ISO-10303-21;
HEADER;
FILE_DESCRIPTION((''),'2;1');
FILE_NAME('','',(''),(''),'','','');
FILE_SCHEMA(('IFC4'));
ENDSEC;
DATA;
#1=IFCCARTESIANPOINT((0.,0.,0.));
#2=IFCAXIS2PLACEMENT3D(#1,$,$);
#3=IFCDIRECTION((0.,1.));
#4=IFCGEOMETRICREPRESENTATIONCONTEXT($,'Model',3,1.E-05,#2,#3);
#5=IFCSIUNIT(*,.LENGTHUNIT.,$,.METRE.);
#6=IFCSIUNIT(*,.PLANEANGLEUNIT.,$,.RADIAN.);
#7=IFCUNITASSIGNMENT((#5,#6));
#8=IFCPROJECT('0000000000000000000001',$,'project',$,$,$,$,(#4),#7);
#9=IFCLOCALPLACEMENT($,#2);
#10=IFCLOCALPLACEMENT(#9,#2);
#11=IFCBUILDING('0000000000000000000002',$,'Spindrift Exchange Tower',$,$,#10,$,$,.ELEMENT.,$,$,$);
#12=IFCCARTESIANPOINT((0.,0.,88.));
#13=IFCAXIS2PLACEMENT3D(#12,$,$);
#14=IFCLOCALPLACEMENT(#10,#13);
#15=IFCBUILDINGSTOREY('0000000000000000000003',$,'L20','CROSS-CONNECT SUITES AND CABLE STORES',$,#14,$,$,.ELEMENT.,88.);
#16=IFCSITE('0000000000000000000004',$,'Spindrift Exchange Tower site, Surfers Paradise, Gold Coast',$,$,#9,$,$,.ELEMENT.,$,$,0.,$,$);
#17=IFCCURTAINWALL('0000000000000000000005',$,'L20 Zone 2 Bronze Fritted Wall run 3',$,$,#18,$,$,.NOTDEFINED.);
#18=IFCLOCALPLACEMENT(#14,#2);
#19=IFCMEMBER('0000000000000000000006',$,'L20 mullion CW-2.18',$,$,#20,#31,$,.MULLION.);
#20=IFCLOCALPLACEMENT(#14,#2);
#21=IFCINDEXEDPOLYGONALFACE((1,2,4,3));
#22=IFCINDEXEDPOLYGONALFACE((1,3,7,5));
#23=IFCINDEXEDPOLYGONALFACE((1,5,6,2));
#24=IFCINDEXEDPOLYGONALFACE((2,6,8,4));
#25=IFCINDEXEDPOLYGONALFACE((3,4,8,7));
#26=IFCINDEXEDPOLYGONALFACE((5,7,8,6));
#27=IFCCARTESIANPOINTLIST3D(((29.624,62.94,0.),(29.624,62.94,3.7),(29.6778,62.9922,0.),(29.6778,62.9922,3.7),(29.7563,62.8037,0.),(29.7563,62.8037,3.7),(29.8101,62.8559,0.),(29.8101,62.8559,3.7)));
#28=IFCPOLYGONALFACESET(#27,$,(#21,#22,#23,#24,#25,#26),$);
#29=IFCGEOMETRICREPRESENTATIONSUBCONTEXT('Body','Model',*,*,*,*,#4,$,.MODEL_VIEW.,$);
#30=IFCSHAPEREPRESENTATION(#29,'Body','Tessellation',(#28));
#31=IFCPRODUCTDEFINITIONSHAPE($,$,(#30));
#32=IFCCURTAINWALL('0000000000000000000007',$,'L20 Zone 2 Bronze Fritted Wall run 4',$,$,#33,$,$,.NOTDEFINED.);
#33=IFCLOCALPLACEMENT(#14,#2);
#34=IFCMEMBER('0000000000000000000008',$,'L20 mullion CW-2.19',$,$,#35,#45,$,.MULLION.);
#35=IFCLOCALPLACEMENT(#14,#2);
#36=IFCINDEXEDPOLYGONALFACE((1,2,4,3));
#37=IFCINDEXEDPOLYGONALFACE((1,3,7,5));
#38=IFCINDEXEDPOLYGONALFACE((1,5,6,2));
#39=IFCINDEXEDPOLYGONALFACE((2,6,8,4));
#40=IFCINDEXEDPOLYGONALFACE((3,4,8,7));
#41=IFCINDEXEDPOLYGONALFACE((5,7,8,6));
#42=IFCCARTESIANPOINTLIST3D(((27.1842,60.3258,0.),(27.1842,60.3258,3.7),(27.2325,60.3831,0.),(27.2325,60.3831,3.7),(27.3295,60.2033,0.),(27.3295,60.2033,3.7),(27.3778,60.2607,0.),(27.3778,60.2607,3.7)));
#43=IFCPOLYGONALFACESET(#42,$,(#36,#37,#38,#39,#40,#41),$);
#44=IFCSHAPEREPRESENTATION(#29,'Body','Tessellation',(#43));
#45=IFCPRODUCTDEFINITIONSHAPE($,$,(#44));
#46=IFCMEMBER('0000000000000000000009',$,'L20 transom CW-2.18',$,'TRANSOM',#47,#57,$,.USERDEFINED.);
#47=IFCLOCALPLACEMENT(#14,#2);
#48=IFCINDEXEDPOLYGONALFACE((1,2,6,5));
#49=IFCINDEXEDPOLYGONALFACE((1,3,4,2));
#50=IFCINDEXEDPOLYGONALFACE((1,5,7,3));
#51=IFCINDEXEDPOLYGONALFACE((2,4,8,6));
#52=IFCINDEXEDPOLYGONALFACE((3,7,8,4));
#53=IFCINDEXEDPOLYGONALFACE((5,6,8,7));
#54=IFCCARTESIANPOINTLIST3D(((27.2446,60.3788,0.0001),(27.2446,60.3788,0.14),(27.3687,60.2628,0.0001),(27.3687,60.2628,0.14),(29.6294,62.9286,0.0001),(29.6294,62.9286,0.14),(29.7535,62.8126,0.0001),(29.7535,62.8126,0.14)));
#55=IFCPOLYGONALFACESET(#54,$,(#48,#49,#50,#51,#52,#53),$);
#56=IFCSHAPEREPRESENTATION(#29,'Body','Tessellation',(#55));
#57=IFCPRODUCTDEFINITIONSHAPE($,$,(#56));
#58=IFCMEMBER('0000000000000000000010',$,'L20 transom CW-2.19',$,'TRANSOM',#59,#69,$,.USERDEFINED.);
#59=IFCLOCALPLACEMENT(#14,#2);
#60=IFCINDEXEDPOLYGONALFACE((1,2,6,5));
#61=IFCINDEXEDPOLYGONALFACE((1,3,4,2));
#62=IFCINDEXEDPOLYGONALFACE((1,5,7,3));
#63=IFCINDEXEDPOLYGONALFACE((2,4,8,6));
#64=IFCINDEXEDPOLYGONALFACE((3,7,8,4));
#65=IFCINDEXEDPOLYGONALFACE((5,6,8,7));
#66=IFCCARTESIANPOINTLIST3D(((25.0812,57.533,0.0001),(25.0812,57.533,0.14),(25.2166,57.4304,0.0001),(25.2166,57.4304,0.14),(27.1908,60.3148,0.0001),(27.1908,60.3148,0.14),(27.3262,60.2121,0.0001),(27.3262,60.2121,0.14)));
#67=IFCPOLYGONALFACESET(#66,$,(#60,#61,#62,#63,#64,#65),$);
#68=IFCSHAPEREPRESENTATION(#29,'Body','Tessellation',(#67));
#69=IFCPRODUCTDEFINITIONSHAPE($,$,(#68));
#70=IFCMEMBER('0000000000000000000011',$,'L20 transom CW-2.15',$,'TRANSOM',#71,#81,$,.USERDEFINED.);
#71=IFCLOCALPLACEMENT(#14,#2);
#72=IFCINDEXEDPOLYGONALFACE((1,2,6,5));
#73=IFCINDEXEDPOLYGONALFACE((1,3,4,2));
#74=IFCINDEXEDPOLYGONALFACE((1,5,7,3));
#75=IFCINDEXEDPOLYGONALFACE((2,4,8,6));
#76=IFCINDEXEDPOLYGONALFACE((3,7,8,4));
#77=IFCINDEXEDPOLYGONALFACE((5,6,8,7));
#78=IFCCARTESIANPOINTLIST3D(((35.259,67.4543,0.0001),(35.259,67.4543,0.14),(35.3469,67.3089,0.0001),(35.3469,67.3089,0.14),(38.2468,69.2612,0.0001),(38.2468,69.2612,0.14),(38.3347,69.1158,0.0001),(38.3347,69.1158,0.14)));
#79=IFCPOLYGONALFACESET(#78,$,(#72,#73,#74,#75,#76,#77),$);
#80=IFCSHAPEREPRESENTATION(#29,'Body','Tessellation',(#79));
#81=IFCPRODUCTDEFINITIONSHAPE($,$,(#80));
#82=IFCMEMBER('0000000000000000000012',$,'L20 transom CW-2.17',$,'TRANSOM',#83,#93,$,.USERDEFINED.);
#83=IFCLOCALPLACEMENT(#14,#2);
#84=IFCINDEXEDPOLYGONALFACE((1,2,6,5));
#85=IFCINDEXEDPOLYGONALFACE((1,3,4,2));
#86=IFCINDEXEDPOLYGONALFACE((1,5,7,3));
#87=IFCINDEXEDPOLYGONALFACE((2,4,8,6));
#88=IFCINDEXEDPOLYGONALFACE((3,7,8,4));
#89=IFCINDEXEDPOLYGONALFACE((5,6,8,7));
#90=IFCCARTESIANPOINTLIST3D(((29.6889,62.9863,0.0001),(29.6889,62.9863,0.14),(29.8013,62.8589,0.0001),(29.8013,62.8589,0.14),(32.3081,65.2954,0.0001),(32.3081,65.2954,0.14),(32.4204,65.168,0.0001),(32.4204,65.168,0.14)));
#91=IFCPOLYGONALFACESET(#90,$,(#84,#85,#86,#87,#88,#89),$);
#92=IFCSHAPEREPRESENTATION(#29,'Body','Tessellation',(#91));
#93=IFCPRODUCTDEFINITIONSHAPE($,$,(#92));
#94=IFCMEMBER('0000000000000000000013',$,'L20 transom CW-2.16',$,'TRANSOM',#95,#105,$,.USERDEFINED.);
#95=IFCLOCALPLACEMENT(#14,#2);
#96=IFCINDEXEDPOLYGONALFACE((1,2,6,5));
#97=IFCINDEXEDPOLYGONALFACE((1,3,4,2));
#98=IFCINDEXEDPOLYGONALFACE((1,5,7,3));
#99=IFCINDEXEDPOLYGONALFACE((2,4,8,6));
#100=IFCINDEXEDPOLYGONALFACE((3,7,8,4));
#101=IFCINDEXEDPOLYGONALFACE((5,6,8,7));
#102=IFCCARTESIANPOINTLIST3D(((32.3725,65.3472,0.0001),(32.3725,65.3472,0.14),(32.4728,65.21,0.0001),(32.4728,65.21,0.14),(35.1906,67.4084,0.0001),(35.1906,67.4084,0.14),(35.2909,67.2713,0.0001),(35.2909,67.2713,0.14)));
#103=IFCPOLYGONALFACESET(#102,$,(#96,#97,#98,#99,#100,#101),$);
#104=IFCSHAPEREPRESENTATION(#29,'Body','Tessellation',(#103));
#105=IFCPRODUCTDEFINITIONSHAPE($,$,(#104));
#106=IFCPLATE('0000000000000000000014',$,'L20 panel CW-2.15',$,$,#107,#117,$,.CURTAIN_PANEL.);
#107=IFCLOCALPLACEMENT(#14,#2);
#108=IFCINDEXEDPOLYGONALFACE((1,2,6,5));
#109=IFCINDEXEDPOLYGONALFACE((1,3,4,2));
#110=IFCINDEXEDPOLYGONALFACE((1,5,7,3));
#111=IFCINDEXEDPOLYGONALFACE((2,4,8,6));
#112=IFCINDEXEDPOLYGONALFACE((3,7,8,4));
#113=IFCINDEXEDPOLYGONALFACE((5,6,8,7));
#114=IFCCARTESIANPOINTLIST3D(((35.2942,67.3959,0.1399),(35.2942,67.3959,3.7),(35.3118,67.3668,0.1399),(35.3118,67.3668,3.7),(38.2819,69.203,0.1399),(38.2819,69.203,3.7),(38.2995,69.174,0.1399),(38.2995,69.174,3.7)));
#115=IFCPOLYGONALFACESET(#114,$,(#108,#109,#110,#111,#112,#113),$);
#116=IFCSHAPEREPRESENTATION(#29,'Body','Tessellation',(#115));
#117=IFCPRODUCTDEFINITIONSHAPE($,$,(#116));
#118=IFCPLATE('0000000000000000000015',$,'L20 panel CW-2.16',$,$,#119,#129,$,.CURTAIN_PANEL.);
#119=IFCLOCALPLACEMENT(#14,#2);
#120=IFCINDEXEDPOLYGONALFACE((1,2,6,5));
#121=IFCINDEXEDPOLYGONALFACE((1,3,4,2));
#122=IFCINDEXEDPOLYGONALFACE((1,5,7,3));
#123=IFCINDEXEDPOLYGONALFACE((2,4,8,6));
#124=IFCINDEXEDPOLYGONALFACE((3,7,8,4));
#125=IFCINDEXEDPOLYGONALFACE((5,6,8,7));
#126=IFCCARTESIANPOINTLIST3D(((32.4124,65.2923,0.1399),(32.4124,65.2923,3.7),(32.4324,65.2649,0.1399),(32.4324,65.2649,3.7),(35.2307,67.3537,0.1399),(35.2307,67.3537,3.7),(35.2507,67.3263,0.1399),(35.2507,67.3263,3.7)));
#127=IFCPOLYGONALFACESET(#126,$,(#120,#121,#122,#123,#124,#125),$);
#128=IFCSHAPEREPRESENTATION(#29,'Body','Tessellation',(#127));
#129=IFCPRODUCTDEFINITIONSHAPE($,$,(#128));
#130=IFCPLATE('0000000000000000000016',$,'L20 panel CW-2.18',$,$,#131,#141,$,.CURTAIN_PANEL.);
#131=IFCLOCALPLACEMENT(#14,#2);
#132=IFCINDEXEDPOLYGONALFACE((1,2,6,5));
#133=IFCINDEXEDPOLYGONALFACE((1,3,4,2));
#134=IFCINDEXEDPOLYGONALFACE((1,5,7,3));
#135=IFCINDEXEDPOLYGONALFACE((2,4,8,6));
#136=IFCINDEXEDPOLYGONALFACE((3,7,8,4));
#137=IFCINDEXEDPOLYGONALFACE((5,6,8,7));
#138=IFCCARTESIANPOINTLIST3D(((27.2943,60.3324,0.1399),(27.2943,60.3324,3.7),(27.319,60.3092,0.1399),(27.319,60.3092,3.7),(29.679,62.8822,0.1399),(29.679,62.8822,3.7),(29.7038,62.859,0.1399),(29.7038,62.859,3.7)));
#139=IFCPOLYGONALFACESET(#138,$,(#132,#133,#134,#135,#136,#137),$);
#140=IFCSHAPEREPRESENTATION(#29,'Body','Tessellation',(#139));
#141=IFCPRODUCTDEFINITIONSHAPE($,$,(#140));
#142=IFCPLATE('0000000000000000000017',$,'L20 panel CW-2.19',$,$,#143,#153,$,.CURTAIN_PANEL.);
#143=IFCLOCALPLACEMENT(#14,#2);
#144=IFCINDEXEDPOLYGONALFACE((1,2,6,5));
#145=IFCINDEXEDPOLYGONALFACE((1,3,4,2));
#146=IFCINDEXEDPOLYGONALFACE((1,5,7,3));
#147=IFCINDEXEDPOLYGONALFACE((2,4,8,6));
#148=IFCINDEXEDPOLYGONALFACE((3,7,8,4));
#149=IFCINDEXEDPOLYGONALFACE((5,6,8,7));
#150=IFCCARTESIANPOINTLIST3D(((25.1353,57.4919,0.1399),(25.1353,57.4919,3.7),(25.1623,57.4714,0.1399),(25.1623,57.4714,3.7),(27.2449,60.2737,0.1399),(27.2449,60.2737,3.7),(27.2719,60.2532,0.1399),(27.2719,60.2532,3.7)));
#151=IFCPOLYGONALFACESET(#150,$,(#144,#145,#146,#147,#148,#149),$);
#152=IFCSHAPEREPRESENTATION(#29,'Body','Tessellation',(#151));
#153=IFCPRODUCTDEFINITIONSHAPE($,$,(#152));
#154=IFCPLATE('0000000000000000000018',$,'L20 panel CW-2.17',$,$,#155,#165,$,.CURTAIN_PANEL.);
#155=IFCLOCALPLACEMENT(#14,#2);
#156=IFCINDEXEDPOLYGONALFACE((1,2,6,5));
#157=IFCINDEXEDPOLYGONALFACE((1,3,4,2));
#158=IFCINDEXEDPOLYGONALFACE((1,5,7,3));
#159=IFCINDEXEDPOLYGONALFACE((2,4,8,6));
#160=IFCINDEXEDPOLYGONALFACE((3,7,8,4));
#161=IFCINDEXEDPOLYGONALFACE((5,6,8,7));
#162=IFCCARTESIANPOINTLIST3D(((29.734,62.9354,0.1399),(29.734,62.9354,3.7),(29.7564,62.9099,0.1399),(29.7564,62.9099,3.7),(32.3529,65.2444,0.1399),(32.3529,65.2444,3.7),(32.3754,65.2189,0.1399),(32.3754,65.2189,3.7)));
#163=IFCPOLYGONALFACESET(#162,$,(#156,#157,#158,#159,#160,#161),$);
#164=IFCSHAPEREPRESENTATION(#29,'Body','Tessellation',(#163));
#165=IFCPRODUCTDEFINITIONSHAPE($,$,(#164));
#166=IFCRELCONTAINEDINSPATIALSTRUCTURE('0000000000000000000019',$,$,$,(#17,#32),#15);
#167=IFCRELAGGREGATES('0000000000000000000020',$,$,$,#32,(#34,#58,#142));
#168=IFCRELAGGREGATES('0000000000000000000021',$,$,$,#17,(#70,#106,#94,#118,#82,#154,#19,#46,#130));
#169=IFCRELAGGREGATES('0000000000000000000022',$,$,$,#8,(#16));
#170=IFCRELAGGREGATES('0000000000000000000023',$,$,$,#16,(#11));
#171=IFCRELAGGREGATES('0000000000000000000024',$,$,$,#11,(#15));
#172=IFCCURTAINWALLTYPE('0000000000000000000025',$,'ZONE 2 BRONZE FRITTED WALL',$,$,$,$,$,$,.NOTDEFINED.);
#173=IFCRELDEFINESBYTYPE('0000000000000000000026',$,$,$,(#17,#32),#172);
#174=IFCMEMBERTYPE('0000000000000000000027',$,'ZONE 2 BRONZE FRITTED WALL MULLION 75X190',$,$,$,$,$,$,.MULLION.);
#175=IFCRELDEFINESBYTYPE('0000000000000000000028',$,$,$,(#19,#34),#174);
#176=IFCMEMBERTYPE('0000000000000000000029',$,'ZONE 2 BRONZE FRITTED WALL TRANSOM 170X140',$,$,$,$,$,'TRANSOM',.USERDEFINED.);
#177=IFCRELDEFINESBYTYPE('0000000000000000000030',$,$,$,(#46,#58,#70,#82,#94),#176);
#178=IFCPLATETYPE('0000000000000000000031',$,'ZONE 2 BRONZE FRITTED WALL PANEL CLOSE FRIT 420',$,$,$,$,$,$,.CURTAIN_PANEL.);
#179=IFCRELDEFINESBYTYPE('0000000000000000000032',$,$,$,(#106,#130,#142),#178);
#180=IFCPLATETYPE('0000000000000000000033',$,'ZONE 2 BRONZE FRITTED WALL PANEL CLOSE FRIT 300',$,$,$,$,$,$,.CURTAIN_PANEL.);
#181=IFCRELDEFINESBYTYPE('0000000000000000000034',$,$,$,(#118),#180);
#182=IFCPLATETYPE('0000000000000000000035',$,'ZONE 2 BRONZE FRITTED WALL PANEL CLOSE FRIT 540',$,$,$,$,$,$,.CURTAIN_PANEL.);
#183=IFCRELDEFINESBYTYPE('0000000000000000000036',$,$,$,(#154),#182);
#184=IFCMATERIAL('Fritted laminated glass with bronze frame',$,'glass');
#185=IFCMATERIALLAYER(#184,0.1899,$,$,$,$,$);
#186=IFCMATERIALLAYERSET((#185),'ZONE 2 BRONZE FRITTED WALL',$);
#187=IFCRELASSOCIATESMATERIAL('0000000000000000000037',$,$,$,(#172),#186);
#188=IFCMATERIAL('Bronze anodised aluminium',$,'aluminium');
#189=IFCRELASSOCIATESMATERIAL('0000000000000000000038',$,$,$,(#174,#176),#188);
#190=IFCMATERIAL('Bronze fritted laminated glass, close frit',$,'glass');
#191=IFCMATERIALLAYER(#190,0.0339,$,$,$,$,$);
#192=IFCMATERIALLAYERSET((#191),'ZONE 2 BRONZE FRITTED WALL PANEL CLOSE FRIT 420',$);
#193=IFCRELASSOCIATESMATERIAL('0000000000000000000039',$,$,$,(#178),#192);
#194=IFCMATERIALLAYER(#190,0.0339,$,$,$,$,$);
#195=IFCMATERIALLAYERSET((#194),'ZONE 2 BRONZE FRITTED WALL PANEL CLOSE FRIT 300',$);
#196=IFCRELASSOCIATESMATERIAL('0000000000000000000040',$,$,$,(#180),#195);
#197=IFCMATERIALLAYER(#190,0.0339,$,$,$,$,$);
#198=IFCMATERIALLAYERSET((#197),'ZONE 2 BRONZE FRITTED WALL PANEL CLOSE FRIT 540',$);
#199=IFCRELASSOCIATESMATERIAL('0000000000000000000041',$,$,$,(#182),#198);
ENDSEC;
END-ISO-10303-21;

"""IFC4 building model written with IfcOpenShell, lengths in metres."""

from ifc_helpers import new_model, si_unit, direction, frame, origin, origin_2d, place, context, subcontext, project, spatial, rectangle, extrude, source, transform, mapped, material, layer, layer_set, material_profile, profile_set, type_object, element, aggregate, save


model = new_model("IFC4")

# Units and contexts
model_context = context("Model", 3, precision=1e-05, world=origin(), true_north=direction((0.0, 1.0)))
body_context = subcontext(model_context, "Body", "Model", "MODEL_VIEW")
ifc_project = project(units=[si_unit("LENGTHUNIT", "METRE"), si_unit("PLANEANGLEUNIT", "RADIAN")], contexts=[model_context])

# Site, building, storey
site_placement = place(None, origin())
site = spatial("IfcSite", under=ifc_project, at=site_placement, Name="Spindrift Exchange Tower site, Surfers Paradise, Gold Coast", CompositionType="ELEMENT", RefElevation=0.0)
building_placement = place(site_placement, origin())
building = spatial("IfcBuilding", under=site, at=building_placement, Name="Spindrift Exchange Tower", CompositionType="ELEMENT")
storey_placement = place(building_placement, frame((0.0, 0.0, 88.0)))
storey = spatial("IfcBuildingStorey", under=building, at=storey_placement, Name="L20", Description="CROSS-CONNECT SUITES AND CABLE STORES", CompositionType="ELEMENT", Elevation=88.0)

# Curtain wall, member
ifc_material_1 = material(Name="Fritted laminated glass with bronze frame", Category="glass")
ifc_layer_1 = layer(ifc_material_1, 0.1899)
ifc_layer_set_1 = layer_set([ifc_layer_1], Name="ZONE 2 BRONZE FRITTED WALL")
curtain_wall_type = type_object("IfcCurtainWallType", Name="ZONE 2 BRONZE FRITTED WALL", PredefinedType="NOTDEFINED", material=ifc_layer_set_1)
curtain_wall_1_placement = place(storey_placement, origin())
curtain_wall_1 = element("IfcCurtainWall", 1, at=curtain_wall_1_placement, inside=storey, type_object=curtain_wall_type, Name="L20 Zone 2 Bronze Fritted Wall run 3", PredefinedType="NOTDEFINED")
ifc_material_2 = material(Name="Bronze anodised aluminium", Category="aluminium")
ifc_material_profile_1 = material_profile(ifc_material_2, rectangle(XDim=0.075, YDim=0.1899, at=origin_2d()), Name="ZONE 2 BRONZE FRITTED WALL MULLION 75X190")
ifc_profile_set_1 = profile_set([ifc_material_profile_1], Name="Bronze anodised aluminium")
member_type_1 = type_object("IfcMemberType", Name="ZONE 2 BRONZE FRITTED WALL MULLION 75X190", PredefinedType="MULLION", material=ifc_profile_set_1)
shared_shape_1 = source(origin(), body_context, "Body", "SweptSolid", [
    extrude(rectangle(XDim=0.075, YDim=0.1899, at=origin_2d()), origin(), (0.0, 0.0, 1.0), 3.7),
])
member_1_placement = place(storey_placement, frame((29.717, 62.8979, 0.0), z_axis=(0.0, 0.0, 1.0), x_axis=(-0.717416, -0.696645, 0.0)))
member_1 = element("IfcMember", 2, at=member_1_placement, type_object=member_type_1, Name="L20 mullion CW-2.18", PredefinedType="MULLION", context=body_context, shape_type="MappedRepresentation", body=[
    mapped(shared_shape_1, transform((0.0, 0.0, 0.0), scale=1.0)),
])

# Curtain wall, member
curtain_wall_2_placement = place(storey_placement, origin())
curtain_wall_2 = element("IfcCurtainWall", 3, at=curtain_wall_2_placement, inside=storey, type_object=curtain_wall_type, Name="L20 Zone 2 Bronze Fritted Wall run 4", PredefinedType="NOTDEFINED")
member_2_placement = place(storey_placement, frame((27.281, 60.2932, 0.0), z_axis=(0.0, 0.0, 1.0), x_axis=(-0.64452, -0.764587, 0.0)))
member_2 = element("IfcMember", 4, at=member_2_placement, type_object=member_type_1, Name="L20 mullion CW-2.19", PredefinedType="MULLION", context=body_context, shape_type="MappedRepresentation", body=[
    mapped(shared_shape_1, transform((0.0, 0.0, 0.0), scale=1.0)),
])

# Members
ifc_material_profile_2 = material_profile(ifc_material_2, rectangle(XDim=0.1699, YDim=0.1399, at=origin_2d()), Name="ZONE 2 BRONZE FRITTED WALL TRANSOM 170X140")
ifc_profile_set_2 = profile_set([ifc_material_profile_2], Name="Bronze anodised aluminium")
member_type_2 = type_object("IfcMemberType", Name="ZONE 2 BRONZE FRITTED WALL TRANSOM 170X140", ElementType="TRANSOM", PredefinedType="USERDEFINED", material=ifc_profile_set_2)
shared_shape_2 = source(origin(), body_context, "Body", "SweptSolid", [
    extrude(rectangle(XDim=0.1699, YDim=0.1399, at=origin_2d()), origin(), (0.0, 0.0, 1.0), 3.4912),
])
member_3_placement = place(storey_placement, frame((29.6914, 62.8706, 0.0701), z_axis=(-0.683075, -0.730348, 0.0), x_axis=(0.730348, -0.683075, 0.0)))
member_3 = element("IfcMember", 5, at=member_3_placement, type_object=member_type_2, Name="L20 transom CW-2.18", ObjectType="TRANSOM", PredefinedType="USERDEFINED", context=body_context, shape_type="MappedRepresentation", body=[
    mapped(shared_shape_2, transform((0.0, 0.0, 0.0), scale=1.0)),
])
member_4_placement = place(storey_placement, frame((27.2585, 60.2634, 0.0701), z_axis=(-0.604266, -0.796783, 0.0), x_axis=(0.796783, -0.604266, 0.0)))
member_4 = element("IfcMember", 6, at=member_4_placement, type_object=member_type_2, Name="L20 transom CW-2.19", ObjectType="TRANSOM", PredefinedType="USERDEFINED", context=body_context, shape_type="MappedRepresentation", body=[
    mapped(shared_shape_2, transform((0.0, 0.0, 0.0), scale=1.0)),
])
shared_shape_3 = source(origin(), body_context, "Body", "SweptSolid", [
    extrude(rectangle(XDim=0.1699, YDim=0.1399, at=origin_2d()), origin(), (0.0, 0.0, 1.0), 3.4917),
])
member_5_placement = place(storey_placement, frame((38.2908, 69.1885, 0.0701), z_axis=(-0.855692, -0.517485, 0.0), x_axis=(0.517485, -0.855692, 0.0)))
member_5 = element("IfcMember", 7, at=member_5_placement, type_object=member_type_2, Name="L20 transom CW-2.15", ObjectType="TRANSOM", PredefinedType="USERDEFINED", context=body_context, shape_type="MappedRepresentation", body=[
    mapped(shared_shape_3, transform((0.0, 0.0, 0.0), scale=1.0)),
])
member_6_placement = place(storey_placement, frame((32.3643, 65.2317, 0.0701), z_axis=(-0.750111, -0.661312, 0.0), x_axis=(0.661312, -0.750111, 0.0)))
member_6 = element("IfcMember", 8, at=member_6_placement, type_object=member_type_2, Name="L20 transom CW-2.17", ObjectType="TRANSOM", PredefinedType="USERDEFINED", context=body_context, shape_type="MappedRepresentation", body=[
    mapped(shared_shape_3, transform((0.0, 0.0, 0.0), scale=1.0)),
])
shared_shape_4 = source(origin(), body_context, "Body", "SweptSolid", [
    extrude(rectangle(XDim=0.1699, YDim=0.1399, at=origin_2d()), origin(), (0.0, 0.0, 1.0), 3.4915),
])
member_7_placement = place(storey_placement, frame((35.2407, 67.3398, 0.0701), z_axis=(-0.807134, -0.590369, 0.0), x_axis=(0.590369, -0.807134, 0.0)))
member_7 = element("IfcMember", 9, at=member_7_placement, type_object=member_type_2, Name="L20 transom CW-2.16", ObjectType="TRANSOM", PredefinedType="USERDEFINED", context=body_context, shape_type="MappedRepresentation", body=[
    mapped(shared_shape_4, transform((0.0, 0.0, 0.0), scale=1.0)),
])

# Plates
ifc_material_3 = material(Name="Bronze fritted laminated glass, close frit", Category="glass")
ifc_layer_2 = layer(ifc_material_3, 0.0339)
ifc_layer_set_2 = layer_set([ifc_layer_2], Name="ZONE 2 BRONZE FRITTED WALL PANEL CLOSE FRIT 420")
plate_type_1 = type_object("IfcPlateType", Name="ZONE 2 BRONZE FRITTED WALL PANEL CLOSE FRIT 420", PredefinedType="CURTAIN_PANEL", material=ifc_layer_set_2)
shared_shape_5 = source(origin(), body_context, "Body", "SweptSolid", [
    extrude(rectangle(XDim=3.4917, YDim=0.0339, at=origin_2d()), origin(), (0.0, 0.0, 1.0), 3.5601),
])
plate_1_placement = place(storey_placement, frame((36.7969, 68.2849, 0.1399), z_axis=(0.0, 0.0, 1.0), x_axis=(-0.855654, -0.517548, 0.0)))
plate_1 = element("IfcPlate", 10, at=plate_1_placement, type_object=plate_type_1, Name="L20 panel CW-2.15", PredefinedType="CURTAIN_PANEL", context=body_context, shape_type="MappedRepresentation", body=[
    mapped(shared_shape_5, transform((0.0, 0.0, 0.0), scale=1.0)),
])
ifc_layer_3 = layer(ifc_material_3, 0.0339)
ifc_layer_set_3 = layer_set([ifc_layer_3], Name="ZONE 2 BRONZE FRITTED WALL PANEL CLOSE FRIT 300")
plate_type_2 = type_object("IfcPlateType", Name="ZONE 2 BRONZE FRITTED WALL PANEL CLOSE FRIT 300", PredefinedType="CURTAIN_PANEL", material=ifc_layer_set_3)
shared_shape_6 = source(origin(), body_context, "Body", "SweptSolid", [
    extrude(rectangle(XDim=3.4917, YDim=0.0339, at=origin_2d()), origin(), (0.0, 0.0, 1.0), 3.5601),
])
plate_2_placement = place(storey_placement, frame((33.8315, 66.3093, 0.1399), z_axis=(0.0, 0.0, 1.0), x_axis=(-0.807132, -0.59037, 0.0)))
plate_2 = element("IfcPlate", 11, at=plate_2_placement, type_object=plate_type_2, Name="L20 panel CW-2.16", PredefinedType="CURTAIN_PANEL", context=body_context, shape_type="MappedRepresentation", body=[
    mapped(shared_shape_6, transform((0.0, 0.0, 0.0), scale=1.0)),
])
shared_shape_7 = source(origin(), body_context, "Body", "SweptSolid", [
    extrude(rectangle(XDim=3.4912, YDim=0.0339, at=origin_2d()), origin(), (0.0, 0.0, 1.0), 3.5601),
])
plate_3_placement = place(storey_placement, frame((28.499, 61.5957, 0.1399), z_axis=(0.0, 0.0, 1.0), x_axis=(-0.683074, -0.730349, 0.0)))
plate_3 = element("IfcPlate", 12, at=plate_3_placement, type_object=plate_type_1, Name="L20 panel CW-2.18", PredefinedType="CURTAIN_PANEL", context=body_context, shape_type="MappedRepresentation", body=[
    mapped(shared_shape_7, transform((0.0, 0.0, 0.0), scale=1.0)),
])
plate_4_placement = place(storey_placement, frame((26.2036, 58.8726, 0.1399), z_axis=(0.0, 0.0, 1.0), x_axis=(-0.604254, -0.796792, 0.0)))
plate_4 = element("IfcPlate", 13, at=plate_4_placement, type_object=plate_type_1, Name="L20 panel CW-2.19", PredefinedType="CURTAIN_PANEL", context=body_context, shape_type="MappedRepresentation", body=[
    mapped(shared_shape_7, transform((0.0, 0.0, 0.0), scale=1.0)),
])
aggregate(curtain_wall_2, [member_2, member_4, plate_4])
ifc_layer_4 = layer(ifc_material_3, 0.0339)
ifc_layer_set_4 = layer_set([ifc_layer_4], Name="ZONE 2 BRONZE FRITTED WALL PANEL CLOSE FRIT 540")
plate_type_3 = type_object("IfcPlateType", Name="ZONE 2 BRONZE FRITTED WALL PANEL CLOSE FRIT 540", PredefinedType="CURTAIN_PANEL", material=ifc_layer_set_4)
shared_shape_8 = source(origin(), body_context, "Body", "SweptSolid", [
    extrude(rectangle(XDim=3.4915, YDim=0.0339, at=origin_2d()), origin(), (0.0, 0.0, 1.0), 3.5601),
])
plate_5_placement = place(storey_placement, frame((31.0547, 64.0771, 0.1399), z_axis=(0.0, 0.0, 1.0), x_axis=(-0.750098, -0.661326, 0.0)))
plate_5 = element("IfcPlate", 14, at=plate_5_placement, type_object=plate_type_3, Name="L20 panel CW-2.17", PredefinedType="CURTAIN_PANEL", context=body_context, shape_type="MappedRepresentation", body=[
    mapped(shared_shape_8, transform((0.0, 0.0, 0.0), scale=1.0)),
])
aggregate(curtain_wall_1, [member_5, plate_1, member_7, plate_2, member_6, plate_5, member_1, member_3, plate_3])

save(model, "model.ifc")
